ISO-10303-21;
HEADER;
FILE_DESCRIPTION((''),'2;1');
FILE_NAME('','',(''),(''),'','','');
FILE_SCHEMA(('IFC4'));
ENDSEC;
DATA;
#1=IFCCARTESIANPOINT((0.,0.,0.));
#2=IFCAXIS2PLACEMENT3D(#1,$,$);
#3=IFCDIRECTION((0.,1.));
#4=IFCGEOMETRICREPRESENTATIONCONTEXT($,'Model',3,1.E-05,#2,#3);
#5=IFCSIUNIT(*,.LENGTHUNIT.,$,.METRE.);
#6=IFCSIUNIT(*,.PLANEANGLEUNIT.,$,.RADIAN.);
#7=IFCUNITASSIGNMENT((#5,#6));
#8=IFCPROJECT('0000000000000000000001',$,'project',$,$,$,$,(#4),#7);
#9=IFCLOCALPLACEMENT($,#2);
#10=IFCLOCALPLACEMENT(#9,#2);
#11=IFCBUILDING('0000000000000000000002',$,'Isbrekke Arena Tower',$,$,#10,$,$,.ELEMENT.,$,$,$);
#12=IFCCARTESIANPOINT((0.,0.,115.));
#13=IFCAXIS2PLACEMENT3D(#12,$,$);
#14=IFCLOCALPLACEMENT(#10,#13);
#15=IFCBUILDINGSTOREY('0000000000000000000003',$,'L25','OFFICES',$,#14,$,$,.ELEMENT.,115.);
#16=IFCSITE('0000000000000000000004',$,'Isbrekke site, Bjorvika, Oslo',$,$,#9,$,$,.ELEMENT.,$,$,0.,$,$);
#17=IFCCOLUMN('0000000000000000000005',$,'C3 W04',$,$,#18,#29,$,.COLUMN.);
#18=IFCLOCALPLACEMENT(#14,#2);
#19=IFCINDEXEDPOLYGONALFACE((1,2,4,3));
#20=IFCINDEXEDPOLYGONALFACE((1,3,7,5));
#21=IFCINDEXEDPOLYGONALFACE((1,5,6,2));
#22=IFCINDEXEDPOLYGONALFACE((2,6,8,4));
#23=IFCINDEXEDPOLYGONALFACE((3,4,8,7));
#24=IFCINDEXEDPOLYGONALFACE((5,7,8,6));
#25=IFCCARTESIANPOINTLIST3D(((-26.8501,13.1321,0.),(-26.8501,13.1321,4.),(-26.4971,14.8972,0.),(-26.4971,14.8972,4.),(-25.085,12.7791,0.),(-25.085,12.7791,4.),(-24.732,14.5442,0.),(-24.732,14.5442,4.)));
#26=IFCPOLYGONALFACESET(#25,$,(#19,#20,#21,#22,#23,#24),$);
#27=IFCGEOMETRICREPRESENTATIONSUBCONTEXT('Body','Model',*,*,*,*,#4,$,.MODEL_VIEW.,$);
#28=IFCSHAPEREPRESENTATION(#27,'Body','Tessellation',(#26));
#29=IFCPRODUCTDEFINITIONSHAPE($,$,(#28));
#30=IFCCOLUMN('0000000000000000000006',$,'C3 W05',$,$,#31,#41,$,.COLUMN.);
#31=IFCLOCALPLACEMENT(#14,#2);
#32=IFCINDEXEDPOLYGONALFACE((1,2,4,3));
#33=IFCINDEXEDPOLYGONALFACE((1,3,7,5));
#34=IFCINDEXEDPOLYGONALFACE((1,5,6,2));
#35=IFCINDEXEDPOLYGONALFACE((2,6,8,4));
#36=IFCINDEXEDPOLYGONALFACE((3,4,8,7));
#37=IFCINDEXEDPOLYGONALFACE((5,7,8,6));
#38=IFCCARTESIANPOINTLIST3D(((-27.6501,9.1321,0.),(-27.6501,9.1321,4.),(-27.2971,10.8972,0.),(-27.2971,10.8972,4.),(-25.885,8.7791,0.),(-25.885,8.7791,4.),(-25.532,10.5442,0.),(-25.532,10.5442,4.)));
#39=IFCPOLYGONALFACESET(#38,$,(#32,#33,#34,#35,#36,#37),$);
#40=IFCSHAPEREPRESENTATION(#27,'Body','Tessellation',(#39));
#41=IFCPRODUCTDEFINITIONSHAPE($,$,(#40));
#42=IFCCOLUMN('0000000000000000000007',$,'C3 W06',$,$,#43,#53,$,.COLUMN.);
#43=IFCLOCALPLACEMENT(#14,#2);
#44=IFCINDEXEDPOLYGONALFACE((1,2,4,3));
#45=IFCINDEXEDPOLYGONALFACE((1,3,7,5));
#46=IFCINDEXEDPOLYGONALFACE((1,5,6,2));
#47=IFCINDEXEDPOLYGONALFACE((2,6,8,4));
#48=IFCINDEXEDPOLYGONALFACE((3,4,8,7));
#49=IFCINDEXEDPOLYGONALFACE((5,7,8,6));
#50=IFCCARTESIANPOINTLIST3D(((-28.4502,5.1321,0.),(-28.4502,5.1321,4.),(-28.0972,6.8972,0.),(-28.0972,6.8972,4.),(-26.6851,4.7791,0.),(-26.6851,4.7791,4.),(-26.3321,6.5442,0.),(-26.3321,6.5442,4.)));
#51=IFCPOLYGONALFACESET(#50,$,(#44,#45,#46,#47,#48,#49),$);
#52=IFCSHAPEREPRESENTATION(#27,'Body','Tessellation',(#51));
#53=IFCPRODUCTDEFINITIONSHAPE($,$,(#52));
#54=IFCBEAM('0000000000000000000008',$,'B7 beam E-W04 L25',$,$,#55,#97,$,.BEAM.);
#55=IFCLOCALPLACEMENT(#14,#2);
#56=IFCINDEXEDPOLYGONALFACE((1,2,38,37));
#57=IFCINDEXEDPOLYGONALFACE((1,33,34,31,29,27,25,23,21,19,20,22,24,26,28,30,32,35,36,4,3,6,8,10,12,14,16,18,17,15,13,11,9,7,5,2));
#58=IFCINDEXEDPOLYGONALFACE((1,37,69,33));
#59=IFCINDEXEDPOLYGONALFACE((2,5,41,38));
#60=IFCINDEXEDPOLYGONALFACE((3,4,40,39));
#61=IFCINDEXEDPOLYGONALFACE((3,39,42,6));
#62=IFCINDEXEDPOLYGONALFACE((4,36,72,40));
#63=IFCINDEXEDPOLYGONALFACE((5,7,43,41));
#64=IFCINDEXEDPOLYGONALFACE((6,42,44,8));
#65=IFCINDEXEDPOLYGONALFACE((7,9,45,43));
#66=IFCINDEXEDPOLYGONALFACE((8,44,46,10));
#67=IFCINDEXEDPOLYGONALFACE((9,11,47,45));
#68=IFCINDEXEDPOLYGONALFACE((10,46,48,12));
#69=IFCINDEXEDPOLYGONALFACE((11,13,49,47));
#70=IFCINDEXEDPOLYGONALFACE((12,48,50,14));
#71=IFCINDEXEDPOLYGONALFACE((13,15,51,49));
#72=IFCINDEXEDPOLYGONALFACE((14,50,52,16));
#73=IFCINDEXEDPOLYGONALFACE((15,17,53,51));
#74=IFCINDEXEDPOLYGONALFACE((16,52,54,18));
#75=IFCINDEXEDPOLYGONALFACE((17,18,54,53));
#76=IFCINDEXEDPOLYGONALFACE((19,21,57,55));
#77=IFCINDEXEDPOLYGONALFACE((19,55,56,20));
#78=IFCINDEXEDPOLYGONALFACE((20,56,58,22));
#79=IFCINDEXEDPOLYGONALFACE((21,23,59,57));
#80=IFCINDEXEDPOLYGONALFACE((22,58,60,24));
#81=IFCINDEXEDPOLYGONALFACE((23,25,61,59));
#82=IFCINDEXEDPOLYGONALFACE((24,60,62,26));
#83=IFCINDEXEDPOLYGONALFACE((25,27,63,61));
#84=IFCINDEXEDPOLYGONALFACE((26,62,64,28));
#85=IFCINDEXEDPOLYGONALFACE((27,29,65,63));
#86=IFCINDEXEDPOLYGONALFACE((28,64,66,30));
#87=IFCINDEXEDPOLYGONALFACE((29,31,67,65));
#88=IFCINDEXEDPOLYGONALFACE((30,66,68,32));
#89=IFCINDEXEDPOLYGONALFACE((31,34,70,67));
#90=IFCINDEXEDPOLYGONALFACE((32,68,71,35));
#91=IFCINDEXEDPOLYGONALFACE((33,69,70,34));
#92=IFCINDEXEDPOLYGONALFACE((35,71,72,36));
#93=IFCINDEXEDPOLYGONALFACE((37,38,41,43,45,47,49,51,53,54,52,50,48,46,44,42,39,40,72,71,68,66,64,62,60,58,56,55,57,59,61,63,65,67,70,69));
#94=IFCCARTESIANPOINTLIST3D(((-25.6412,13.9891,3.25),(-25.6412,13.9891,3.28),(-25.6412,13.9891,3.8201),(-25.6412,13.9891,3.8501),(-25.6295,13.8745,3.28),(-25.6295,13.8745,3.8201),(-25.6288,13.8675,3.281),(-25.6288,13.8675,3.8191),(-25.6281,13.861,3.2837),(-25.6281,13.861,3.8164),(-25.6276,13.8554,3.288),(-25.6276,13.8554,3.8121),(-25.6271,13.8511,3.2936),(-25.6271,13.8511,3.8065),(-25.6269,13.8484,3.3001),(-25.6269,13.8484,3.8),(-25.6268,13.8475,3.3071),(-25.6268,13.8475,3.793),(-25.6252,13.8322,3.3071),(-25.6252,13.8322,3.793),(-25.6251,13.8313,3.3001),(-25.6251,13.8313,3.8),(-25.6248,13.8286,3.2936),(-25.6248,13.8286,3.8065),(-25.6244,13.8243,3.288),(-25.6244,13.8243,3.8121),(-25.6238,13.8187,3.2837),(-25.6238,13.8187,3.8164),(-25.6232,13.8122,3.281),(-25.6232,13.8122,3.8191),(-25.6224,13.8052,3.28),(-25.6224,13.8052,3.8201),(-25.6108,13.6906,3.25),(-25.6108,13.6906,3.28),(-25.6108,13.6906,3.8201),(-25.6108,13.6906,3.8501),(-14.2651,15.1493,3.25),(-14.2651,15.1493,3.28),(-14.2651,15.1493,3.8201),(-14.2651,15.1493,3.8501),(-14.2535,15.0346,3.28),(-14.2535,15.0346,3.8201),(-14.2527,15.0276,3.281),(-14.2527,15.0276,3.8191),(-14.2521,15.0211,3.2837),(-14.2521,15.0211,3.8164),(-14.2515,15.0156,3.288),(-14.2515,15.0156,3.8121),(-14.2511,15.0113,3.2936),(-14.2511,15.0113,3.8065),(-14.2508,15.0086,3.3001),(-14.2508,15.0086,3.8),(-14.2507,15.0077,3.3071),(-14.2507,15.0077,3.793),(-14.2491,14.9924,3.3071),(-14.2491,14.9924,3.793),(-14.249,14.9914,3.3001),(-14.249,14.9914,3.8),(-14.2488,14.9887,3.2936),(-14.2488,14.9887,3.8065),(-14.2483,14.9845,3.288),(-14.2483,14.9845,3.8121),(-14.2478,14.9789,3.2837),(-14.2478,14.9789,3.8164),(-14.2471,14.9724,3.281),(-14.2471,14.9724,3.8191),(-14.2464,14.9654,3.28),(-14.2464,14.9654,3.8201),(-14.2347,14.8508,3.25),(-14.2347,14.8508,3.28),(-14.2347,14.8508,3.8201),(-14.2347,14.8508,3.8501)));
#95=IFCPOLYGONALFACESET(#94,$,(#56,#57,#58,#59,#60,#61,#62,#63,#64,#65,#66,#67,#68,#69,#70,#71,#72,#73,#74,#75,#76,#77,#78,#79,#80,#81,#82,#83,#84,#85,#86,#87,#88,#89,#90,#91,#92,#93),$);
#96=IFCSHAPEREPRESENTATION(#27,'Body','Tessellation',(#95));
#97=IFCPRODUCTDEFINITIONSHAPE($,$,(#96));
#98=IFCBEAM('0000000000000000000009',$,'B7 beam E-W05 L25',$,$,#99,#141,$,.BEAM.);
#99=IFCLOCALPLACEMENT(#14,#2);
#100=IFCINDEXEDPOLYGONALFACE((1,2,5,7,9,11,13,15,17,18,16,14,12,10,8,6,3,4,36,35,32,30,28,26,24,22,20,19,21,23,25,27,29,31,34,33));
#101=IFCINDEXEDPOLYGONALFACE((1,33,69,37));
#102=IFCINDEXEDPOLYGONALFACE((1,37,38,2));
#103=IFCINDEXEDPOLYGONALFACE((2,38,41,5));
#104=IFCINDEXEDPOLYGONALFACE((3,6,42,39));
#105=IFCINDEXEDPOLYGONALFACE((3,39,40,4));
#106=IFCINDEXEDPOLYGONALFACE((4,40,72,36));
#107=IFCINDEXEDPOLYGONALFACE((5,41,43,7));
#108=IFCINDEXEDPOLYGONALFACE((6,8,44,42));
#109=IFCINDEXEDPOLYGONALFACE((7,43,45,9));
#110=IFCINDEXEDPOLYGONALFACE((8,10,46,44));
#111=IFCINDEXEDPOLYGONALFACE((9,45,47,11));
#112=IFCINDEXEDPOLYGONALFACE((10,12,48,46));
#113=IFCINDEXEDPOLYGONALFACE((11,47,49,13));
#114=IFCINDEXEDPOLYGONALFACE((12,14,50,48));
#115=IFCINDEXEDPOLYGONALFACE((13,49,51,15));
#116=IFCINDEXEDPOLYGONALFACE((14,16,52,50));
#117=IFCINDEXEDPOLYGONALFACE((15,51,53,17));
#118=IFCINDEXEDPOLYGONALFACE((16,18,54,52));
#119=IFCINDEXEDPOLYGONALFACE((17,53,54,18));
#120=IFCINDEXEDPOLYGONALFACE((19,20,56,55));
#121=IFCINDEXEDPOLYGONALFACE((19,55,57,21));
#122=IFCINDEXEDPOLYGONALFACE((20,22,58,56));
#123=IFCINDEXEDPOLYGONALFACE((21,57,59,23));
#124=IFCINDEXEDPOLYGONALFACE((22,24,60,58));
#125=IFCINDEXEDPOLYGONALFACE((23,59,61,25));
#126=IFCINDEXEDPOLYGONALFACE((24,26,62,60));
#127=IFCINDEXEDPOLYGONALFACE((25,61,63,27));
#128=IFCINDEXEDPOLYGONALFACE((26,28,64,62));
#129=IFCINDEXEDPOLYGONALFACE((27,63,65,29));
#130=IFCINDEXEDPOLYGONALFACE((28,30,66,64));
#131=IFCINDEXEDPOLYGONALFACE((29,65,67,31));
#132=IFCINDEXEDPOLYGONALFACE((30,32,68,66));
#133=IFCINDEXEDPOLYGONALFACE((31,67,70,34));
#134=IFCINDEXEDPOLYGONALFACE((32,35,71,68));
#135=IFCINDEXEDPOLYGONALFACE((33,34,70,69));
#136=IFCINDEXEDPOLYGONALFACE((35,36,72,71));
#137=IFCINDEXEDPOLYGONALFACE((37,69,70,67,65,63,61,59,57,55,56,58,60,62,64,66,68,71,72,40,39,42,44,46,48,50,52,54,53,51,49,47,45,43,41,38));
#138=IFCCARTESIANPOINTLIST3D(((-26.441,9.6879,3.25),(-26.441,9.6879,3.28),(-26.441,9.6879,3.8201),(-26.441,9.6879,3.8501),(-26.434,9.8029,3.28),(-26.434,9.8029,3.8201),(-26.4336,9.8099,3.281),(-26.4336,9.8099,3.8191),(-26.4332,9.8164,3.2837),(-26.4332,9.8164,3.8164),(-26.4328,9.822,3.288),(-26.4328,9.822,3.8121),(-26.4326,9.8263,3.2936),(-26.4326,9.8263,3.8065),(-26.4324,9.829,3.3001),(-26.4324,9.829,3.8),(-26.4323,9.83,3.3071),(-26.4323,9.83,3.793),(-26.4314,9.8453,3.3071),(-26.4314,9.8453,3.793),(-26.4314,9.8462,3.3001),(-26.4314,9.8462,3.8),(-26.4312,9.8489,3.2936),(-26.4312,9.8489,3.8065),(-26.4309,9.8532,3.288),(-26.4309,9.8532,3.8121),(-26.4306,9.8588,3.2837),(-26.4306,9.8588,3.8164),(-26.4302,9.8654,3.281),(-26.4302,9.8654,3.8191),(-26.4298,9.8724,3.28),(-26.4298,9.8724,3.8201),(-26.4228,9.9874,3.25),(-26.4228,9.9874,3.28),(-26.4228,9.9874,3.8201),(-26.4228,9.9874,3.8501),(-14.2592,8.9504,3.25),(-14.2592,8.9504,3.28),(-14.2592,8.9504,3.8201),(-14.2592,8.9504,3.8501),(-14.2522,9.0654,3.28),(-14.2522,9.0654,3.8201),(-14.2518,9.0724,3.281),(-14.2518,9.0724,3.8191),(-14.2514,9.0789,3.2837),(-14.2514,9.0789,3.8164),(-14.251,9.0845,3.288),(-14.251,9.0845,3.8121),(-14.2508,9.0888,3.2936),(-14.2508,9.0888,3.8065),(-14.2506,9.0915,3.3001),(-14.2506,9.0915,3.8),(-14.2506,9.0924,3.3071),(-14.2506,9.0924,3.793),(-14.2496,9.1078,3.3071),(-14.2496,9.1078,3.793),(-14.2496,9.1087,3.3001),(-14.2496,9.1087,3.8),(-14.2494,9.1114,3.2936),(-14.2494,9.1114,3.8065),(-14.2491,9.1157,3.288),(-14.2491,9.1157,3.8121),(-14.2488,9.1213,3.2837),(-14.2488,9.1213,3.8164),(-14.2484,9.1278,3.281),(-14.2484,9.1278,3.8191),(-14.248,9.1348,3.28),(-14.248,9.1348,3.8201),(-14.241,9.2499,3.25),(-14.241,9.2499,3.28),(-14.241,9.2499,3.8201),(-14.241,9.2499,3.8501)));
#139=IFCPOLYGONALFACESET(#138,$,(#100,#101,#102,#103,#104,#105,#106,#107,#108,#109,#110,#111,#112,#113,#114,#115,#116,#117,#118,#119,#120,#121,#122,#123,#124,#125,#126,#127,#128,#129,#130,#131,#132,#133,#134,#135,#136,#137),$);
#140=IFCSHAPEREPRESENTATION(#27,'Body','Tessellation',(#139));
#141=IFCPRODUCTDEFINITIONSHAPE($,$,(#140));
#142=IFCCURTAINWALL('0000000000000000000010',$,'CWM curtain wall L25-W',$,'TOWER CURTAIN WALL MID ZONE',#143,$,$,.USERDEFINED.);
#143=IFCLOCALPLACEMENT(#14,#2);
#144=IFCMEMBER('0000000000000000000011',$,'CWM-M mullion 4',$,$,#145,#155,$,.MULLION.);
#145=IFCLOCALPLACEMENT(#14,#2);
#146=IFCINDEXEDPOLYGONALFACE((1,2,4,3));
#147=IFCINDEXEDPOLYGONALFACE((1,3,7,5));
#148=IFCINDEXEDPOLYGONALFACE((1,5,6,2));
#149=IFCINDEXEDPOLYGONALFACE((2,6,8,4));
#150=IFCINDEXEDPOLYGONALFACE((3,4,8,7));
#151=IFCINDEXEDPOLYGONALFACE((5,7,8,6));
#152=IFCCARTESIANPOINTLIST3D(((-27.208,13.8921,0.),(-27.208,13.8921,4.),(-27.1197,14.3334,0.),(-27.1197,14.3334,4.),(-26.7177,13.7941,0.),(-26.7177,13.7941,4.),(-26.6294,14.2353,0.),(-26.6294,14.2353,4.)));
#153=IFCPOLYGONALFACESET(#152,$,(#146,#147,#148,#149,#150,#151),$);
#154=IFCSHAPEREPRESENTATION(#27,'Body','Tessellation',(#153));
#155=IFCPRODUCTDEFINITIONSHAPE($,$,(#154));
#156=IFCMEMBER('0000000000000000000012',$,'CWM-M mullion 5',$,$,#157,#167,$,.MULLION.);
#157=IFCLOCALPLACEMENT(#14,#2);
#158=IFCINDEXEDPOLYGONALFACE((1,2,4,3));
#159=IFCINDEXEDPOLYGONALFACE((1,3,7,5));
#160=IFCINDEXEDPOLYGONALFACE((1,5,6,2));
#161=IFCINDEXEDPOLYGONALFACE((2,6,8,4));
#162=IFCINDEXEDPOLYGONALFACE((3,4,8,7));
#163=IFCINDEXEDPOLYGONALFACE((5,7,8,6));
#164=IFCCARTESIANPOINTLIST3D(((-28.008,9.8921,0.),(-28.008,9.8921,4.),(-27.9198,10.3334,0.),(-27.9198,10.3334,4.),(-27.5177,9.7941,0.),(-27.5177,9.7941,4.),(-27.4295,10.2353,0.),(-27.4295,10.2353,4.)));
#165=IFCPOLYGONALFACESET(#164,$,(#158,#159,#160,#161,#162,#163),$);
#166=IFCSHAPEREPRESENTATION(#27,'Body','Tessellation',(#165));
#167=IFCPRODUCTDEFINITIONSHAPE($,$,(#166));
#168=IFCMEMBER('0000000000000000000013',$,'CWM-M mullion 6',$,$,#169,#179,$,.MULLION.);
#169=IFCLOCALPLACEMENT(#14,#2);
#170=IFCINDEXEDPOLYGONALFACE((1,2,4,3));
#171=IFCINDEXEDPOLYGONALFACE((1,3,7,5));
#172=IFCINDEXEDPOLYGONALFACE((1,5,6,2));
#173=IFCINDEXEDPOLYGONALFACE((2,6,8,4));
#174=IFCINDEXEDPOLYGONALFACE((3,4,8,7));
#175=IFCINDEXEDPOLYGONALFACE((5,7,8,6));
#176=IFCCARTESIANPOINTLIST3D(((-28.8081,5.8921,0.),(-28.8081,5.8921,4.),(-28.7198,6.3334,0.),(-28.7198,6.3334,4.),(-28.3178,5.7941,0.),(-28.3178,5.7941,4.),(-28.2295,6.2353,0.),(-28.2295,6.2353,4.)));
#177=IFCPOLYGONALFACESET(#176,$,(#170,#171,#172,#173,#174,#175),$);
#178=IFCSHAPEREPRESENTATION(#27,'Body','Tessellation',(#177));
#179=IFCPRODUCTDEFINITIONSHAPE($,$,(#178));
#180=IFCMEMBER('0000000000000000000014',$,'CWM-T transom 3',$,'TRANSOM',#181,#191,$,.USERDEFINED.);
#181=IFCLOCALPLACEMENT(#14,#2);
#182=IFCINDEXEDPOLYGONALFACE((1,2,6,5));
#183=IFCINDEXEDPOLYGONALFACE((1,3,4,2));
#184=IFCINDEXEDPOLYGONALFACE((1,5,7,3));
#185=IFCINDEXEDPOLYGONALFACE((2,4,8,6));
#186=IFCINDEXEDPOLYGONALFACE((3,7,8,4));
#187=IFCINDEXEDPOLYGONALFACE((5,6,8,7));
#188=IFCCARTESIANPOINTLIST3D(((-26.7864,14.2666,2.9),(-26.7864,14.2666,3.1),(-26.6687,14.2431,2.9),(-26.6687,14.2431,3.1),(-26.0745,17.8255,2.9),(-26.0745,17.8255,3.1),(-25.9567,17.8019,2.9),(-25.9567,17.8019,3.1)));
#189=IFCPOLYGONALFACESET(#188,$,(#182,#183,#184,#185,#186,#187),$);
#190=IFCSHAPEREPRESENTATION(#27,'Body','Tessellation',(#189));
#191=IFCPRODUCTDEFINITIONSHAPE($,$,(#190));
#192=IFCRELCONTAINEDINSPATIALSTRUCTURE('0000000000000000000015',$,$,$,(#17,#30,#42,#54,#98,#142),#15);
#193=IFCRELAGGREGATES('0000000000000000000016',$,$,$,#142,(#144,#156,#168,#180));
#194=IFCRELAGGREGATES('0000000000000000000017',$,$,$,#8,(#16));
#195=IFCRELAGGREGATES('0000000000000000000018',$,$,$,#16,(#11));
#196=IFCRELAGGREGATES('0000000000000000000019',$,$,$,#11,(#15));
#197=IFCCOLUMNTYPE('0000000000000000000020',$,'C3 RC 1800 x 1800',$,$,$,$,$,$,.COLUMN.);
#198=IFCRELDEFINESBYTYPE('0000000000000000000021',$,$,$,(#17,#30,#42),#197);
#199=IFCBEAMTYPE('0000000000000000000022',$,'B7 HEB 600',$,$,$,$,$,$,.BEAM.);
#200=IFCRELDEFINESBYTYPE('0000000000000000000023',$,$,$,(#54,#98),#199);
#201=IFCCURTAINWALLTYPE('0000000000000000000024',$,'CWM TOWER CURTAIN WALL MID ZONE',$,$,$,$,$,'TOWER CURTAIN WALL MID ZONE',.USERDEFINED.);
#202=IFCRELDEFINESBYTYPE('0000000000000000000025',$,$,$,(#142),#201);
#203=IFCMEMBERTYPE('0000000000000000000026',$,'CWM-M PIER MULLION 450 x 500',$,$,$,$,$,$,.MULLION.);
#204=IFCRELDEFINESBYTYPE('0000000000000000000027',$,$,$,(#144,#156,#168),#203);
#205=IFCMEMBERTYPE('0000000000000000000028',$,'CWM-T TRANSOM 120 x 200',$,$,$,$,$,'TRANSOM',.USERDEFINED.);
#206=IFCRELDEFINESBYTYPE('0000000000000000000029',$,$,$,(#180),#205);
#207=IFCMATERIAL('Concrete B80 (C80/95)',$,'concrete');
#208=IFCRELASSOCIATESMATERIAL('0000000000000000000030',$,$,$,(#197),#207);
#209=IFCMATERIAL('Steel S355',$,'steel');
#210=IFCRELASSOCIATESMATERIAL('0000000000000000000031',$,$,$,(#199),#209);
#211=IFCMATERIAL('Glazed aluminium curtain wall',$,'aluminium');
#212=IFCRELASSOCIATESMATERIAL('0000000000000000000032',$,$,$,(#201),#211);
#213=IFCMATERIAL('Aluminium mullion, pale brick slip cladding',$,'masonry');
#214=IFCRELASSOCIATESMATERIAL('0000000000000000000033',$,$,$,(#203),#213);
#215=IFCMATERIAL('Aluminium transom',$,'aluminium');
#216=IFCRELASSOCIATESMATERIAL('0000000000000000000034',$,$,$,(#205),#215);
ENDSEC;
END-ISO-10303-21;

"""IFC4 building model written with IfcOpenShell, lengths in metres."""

from ifc_helpers import new_model, si_unit, direction, frame, origin, origin_2d, place, context, subcontext, project, spatial, rectangle, i_section, extrude, material, material_profile, profile_set, type_object, element, aggregate, save


model = new_model("IFC4")

# Units and contexts
model_context = context("Model", 3, precision=1e-05, world=origin(), true_north=direction((0.0, 1.0)))
body_context = subcontext(model_context, "Body", "Model", "MODEL_VIEW")
ifc_project = project(units=[si_unit("LENGTHUNIT", "METRE"), si_unit("PLANEANGLEUNIT", "RADIAN")], contexts=[model_context])

# Site, building, storey
site_placement = place(None, origin())
site = spatial("IfcSite", under=ifc_project, at=site_placement, Name="Isbrekke site, Bjorvika, Oslo", CompositionType="ELEMENT", RefElevation=0.0)
building_placement = place(site_placement, origin())
building = spatial("IfcBuilding", under=site, at=building_placement, Name="Isbrekke Arena Tower", CompositionType="ELEMENT")
storey_placement = place(building_placement, frame((0.0, 0.0, 115.0)))
storey = spatial("IfcBuildingStorey", under=building, at=storey_placement, Name="L25", Description="OFFICES", CompositionType="ELEMENT", Elevation=115.0)

# Columns
ifc_material_1 = material(Name="Concrete B80 (C80/95)", Category="concrete")
ifc_material_profile_1 = material_profile(ifc_material_1, rectangle(XDim=1.8, YDim=1.8, at=origin_2d()), Name="RC 1800x1800")
ifc_profile_set_1 = profile_set([ifc_material_profile_1], Name="Concrete B80 (C80/95)")
column_type = type_object("IfcColumnType", Name="C3 RC 1800 x 1800", PredefinedType="COLUMN", material=ifc_profile_set_1)
for number, where, z_axis, x_axis, name in (
    (1, (-25.791, 13.8381, 0.0), (0.0, 0.0, 1.0), (-0.196116, -0.980581, 0.0), "C3 W04"),
    (2, (-26.5911, 9.8381, 0.0), (0.0, 0.0, 1.0), (-0.196116, -0.980581, 0.0), "C3 W05"),
    (3, (-27.3911, 5.8381, 0.0), (0.0, 0.0, 1.0), (-0.196116, -0.980581, 0.0), "C3 W06"),
):
    element("IfcColumn", number, at=place(storey_placement, frame(where, z_axis=z_axis, x_axis=x_axis)), inside=storey, type_object=column_type, Name=name, PredefinedType="COLUMN", context=body_context, shape_type="SweptSolid", body=[
        extrude(rectangle(XDim=1.8, YDim=1.8, at=origin_2d()), origin(), (0.0, 0.0, 1.0), 4.0),
    ])

# Beams
ifc_material_2 = material(Name="Steel S355", Category="steel")
ifc_material_profile_2 = material_profile(ifc_material_2, i_section(OverallWidth=0.3, OverallDepth=0.6001, WebThickness=0.0154, FlangeThickness=0.03, FilletRadius=0.0271, at=origin_2d()), Name="HEB 600")
ifc_profile_set_2 = profile_set([ifc_material_profile_2], Name="Steel S355")
beam_type_1 = type_object("IfcBeamType", Name="B7 HEB 600", PredefinedType="BEAM", material=ifc_profile_set_2)
beam_1_placement = place(storey_placement, frame((-25.626, 13.8398, 3.55), z_axis=(0.99484, 0.101457, 0.0), x_axis=(-0.101457, 0.99484, 0.0)))
element("IfcBeam", 4, at=beam_1_placement, inside=storey, type_object=beam_type_1, Name="B7 beam E-W04 L25", PredefinedType="BEAM", context=body_context, shape_type="SweptSolid", body=[
    extrude(i_section(OverallWidth=0.3, OverallDepth=0.6001, WebThickness=0.0154, FlangeThickness=0.03, FilletRadius=0.0271, at=origin_2d()), origin(), (0.0, 0.0, 1.0), 11.4351),
])
beam_2_placement = place(storey_placement, frame((-26.4319, 9.8376, 3.55), z_axis=(0.998172, -0.060434, 0.0), x_axis=(0.060434, 0.998172, 0.0)))
element("IfcBeam", 5, at=beam_2_placement, inside=storey, type_object=beam_type_1, Name="B7 beam E-W05 L25", PredefinedType="BEAM", context=body_context, shape_type="SweptSolid", body=[
    extrude(i_section(OverallWidth=0.3, OverallDepth=0.6001, WebThickness=0.0154, FlangeThickness=0.03, FilletRadius=0.0271, at=origin_2d()), origin(), (0.0, 0.0, 1.0), 12.2041),
])

# Curtain wall, members
ifc_material_3 = material(Name="Glazed aluminium curtain wall", Category="aluminium")
curtain_wall_type = type_object("IfcCurtainWallType", Name="CWM TOWER CURTAIN WALL MID ZONE", ElementType="TOWER CURTAIN WALL MID ZONE", PredefinedType="USERDEFINED", material=ifc_material_3)
curtain_wall_placement = place(storey_placement, origin())
curtain_wall = element("IfcCurtainWall", 6, at=curtain_wall_placement, inside=storey, type_object=curtain_wall_type, Name="CWM curtain wall L25-W", ObjectType="TOWER CURTAIN WALL MID ZONE", PredefinedType="USERDEFINED")
ifc_material_4 = material(Name="Aluminium mullion, pale brick slip cladding", Category="masonry")
ifc_material_profile_3 = material_profile(ifc_material_4, rectangle(XDim=0.45, YDim=0.5, at=origin_2d()), Name="PIER 450X500")
ifc_profile_set_3 = profile_set([ifc_material_profile_3], Name="Aluminium mullion, pale brick slip cladding")
member_type_1 = type_object("IfcMemberType", Name="CWM-M PIER MULLION 450 x 500", PredefinedType="MULLION", material=ifc_profile_set_3)
member_1_placement = place(storey_placement, frame((-26.9187, 14.0637, 0.0), z_axis=(0.0, 0.0, 1.0), x_axis=(-0.196116, -0.980581, 0.0)))
member_1 = element("IfcMember", 7, at=member_1_placement, type_object=member_type_1, Name="CWM-M mullion 4", PredefinedType="MULLION", context=body_context, shape_type="SweptSolid", body=[
    extrude(rectangle(XDim=0.45, YDim=0.5, at=origin_2d()), origin(), (0.0, 0.0, 1.0), 4.0),
])
member_2_placement = place(storey_placement, frame((-27.7188, 10.0637, 0.0), z_axis=(0.0, 0.0, 1.0), x_axis=(-0.196116, -0.980581, 0.0)))
member_2 = element("IfcMember", 8, at=member_2_placement, type_object=member_type_1, Name="CWM-M mullion 5", PredefinedType="MULLION", context=body_context, shape_type="SweptSolid", body=[
    extrude(rectangle(XDim=0.45, YDim=0.5, at=origin_2d()), origin(), (0.0, 0.0, 1.0), 4.0),
])
member_3_placement = place(storey_placement, frame((-28.5188, 6.0637, 0.0), z_axis=(0.0, 0.0, 1.0), x_axis=(-0.196116, -0.980581, 0.0)))
member_3 = element("IfcMember", 9, at=member_3_placement, type_object=member_type_1, Name="CWM-M mullion 6", PredefinedType="MULLION", context=body_context, shape_type="SweptSolid", body=[
    extrude(rectangle(XDim=0.45, YDim=0.5, at=origin_2d()), origin(), (0.0, 0.0, 1.0), 4.0),
])
ifc_material_5 = material(Name="Aluminium transom", Category="aluminium")
ifc_material_profile_4 = material_profile(ifc_material_5, rectangle(XDim=0.1201, YDim=0.2, at=origin_2d()), Name="TRANSOM 120X200")
ifc_profile_set_4 = profile_set([ifc_material_profile_4], Name="Aluminium transom")
member_type_2 = type_object("IfcMemberType", Name="CWM-T TRANSOM 120 x 200", ElementType="TRANSOM", PredefinedType="USERDEFINED", material=ifc_profile_set_4)
member_4_placement = place(storey_placement, frame((-26.0156, 17.8137, 3.0), z_axis=(-0.196155, -0.980573, 0.0), x_axis=(0.980573, -0.196155, 0.0)))
member_4 = element("IfcMember", 10, at=member_4_placement, type_object=member_type_2, Name="CWM-T transom 3", ObjectType="TRANSOM", PredefinedType="USERDEFINED", context=body_context, shape_type="SweptSolid", body=[
    extrude(rectangle(XDim=0.1201, YDim=0.2, at=origin_2d()), origin(), (0.0, 0.0, 1.0), 3.6294),
])

aggregate(curtain_wall, [member_1, member_2, member_3, member_4])

save(model, "model.ifc")
